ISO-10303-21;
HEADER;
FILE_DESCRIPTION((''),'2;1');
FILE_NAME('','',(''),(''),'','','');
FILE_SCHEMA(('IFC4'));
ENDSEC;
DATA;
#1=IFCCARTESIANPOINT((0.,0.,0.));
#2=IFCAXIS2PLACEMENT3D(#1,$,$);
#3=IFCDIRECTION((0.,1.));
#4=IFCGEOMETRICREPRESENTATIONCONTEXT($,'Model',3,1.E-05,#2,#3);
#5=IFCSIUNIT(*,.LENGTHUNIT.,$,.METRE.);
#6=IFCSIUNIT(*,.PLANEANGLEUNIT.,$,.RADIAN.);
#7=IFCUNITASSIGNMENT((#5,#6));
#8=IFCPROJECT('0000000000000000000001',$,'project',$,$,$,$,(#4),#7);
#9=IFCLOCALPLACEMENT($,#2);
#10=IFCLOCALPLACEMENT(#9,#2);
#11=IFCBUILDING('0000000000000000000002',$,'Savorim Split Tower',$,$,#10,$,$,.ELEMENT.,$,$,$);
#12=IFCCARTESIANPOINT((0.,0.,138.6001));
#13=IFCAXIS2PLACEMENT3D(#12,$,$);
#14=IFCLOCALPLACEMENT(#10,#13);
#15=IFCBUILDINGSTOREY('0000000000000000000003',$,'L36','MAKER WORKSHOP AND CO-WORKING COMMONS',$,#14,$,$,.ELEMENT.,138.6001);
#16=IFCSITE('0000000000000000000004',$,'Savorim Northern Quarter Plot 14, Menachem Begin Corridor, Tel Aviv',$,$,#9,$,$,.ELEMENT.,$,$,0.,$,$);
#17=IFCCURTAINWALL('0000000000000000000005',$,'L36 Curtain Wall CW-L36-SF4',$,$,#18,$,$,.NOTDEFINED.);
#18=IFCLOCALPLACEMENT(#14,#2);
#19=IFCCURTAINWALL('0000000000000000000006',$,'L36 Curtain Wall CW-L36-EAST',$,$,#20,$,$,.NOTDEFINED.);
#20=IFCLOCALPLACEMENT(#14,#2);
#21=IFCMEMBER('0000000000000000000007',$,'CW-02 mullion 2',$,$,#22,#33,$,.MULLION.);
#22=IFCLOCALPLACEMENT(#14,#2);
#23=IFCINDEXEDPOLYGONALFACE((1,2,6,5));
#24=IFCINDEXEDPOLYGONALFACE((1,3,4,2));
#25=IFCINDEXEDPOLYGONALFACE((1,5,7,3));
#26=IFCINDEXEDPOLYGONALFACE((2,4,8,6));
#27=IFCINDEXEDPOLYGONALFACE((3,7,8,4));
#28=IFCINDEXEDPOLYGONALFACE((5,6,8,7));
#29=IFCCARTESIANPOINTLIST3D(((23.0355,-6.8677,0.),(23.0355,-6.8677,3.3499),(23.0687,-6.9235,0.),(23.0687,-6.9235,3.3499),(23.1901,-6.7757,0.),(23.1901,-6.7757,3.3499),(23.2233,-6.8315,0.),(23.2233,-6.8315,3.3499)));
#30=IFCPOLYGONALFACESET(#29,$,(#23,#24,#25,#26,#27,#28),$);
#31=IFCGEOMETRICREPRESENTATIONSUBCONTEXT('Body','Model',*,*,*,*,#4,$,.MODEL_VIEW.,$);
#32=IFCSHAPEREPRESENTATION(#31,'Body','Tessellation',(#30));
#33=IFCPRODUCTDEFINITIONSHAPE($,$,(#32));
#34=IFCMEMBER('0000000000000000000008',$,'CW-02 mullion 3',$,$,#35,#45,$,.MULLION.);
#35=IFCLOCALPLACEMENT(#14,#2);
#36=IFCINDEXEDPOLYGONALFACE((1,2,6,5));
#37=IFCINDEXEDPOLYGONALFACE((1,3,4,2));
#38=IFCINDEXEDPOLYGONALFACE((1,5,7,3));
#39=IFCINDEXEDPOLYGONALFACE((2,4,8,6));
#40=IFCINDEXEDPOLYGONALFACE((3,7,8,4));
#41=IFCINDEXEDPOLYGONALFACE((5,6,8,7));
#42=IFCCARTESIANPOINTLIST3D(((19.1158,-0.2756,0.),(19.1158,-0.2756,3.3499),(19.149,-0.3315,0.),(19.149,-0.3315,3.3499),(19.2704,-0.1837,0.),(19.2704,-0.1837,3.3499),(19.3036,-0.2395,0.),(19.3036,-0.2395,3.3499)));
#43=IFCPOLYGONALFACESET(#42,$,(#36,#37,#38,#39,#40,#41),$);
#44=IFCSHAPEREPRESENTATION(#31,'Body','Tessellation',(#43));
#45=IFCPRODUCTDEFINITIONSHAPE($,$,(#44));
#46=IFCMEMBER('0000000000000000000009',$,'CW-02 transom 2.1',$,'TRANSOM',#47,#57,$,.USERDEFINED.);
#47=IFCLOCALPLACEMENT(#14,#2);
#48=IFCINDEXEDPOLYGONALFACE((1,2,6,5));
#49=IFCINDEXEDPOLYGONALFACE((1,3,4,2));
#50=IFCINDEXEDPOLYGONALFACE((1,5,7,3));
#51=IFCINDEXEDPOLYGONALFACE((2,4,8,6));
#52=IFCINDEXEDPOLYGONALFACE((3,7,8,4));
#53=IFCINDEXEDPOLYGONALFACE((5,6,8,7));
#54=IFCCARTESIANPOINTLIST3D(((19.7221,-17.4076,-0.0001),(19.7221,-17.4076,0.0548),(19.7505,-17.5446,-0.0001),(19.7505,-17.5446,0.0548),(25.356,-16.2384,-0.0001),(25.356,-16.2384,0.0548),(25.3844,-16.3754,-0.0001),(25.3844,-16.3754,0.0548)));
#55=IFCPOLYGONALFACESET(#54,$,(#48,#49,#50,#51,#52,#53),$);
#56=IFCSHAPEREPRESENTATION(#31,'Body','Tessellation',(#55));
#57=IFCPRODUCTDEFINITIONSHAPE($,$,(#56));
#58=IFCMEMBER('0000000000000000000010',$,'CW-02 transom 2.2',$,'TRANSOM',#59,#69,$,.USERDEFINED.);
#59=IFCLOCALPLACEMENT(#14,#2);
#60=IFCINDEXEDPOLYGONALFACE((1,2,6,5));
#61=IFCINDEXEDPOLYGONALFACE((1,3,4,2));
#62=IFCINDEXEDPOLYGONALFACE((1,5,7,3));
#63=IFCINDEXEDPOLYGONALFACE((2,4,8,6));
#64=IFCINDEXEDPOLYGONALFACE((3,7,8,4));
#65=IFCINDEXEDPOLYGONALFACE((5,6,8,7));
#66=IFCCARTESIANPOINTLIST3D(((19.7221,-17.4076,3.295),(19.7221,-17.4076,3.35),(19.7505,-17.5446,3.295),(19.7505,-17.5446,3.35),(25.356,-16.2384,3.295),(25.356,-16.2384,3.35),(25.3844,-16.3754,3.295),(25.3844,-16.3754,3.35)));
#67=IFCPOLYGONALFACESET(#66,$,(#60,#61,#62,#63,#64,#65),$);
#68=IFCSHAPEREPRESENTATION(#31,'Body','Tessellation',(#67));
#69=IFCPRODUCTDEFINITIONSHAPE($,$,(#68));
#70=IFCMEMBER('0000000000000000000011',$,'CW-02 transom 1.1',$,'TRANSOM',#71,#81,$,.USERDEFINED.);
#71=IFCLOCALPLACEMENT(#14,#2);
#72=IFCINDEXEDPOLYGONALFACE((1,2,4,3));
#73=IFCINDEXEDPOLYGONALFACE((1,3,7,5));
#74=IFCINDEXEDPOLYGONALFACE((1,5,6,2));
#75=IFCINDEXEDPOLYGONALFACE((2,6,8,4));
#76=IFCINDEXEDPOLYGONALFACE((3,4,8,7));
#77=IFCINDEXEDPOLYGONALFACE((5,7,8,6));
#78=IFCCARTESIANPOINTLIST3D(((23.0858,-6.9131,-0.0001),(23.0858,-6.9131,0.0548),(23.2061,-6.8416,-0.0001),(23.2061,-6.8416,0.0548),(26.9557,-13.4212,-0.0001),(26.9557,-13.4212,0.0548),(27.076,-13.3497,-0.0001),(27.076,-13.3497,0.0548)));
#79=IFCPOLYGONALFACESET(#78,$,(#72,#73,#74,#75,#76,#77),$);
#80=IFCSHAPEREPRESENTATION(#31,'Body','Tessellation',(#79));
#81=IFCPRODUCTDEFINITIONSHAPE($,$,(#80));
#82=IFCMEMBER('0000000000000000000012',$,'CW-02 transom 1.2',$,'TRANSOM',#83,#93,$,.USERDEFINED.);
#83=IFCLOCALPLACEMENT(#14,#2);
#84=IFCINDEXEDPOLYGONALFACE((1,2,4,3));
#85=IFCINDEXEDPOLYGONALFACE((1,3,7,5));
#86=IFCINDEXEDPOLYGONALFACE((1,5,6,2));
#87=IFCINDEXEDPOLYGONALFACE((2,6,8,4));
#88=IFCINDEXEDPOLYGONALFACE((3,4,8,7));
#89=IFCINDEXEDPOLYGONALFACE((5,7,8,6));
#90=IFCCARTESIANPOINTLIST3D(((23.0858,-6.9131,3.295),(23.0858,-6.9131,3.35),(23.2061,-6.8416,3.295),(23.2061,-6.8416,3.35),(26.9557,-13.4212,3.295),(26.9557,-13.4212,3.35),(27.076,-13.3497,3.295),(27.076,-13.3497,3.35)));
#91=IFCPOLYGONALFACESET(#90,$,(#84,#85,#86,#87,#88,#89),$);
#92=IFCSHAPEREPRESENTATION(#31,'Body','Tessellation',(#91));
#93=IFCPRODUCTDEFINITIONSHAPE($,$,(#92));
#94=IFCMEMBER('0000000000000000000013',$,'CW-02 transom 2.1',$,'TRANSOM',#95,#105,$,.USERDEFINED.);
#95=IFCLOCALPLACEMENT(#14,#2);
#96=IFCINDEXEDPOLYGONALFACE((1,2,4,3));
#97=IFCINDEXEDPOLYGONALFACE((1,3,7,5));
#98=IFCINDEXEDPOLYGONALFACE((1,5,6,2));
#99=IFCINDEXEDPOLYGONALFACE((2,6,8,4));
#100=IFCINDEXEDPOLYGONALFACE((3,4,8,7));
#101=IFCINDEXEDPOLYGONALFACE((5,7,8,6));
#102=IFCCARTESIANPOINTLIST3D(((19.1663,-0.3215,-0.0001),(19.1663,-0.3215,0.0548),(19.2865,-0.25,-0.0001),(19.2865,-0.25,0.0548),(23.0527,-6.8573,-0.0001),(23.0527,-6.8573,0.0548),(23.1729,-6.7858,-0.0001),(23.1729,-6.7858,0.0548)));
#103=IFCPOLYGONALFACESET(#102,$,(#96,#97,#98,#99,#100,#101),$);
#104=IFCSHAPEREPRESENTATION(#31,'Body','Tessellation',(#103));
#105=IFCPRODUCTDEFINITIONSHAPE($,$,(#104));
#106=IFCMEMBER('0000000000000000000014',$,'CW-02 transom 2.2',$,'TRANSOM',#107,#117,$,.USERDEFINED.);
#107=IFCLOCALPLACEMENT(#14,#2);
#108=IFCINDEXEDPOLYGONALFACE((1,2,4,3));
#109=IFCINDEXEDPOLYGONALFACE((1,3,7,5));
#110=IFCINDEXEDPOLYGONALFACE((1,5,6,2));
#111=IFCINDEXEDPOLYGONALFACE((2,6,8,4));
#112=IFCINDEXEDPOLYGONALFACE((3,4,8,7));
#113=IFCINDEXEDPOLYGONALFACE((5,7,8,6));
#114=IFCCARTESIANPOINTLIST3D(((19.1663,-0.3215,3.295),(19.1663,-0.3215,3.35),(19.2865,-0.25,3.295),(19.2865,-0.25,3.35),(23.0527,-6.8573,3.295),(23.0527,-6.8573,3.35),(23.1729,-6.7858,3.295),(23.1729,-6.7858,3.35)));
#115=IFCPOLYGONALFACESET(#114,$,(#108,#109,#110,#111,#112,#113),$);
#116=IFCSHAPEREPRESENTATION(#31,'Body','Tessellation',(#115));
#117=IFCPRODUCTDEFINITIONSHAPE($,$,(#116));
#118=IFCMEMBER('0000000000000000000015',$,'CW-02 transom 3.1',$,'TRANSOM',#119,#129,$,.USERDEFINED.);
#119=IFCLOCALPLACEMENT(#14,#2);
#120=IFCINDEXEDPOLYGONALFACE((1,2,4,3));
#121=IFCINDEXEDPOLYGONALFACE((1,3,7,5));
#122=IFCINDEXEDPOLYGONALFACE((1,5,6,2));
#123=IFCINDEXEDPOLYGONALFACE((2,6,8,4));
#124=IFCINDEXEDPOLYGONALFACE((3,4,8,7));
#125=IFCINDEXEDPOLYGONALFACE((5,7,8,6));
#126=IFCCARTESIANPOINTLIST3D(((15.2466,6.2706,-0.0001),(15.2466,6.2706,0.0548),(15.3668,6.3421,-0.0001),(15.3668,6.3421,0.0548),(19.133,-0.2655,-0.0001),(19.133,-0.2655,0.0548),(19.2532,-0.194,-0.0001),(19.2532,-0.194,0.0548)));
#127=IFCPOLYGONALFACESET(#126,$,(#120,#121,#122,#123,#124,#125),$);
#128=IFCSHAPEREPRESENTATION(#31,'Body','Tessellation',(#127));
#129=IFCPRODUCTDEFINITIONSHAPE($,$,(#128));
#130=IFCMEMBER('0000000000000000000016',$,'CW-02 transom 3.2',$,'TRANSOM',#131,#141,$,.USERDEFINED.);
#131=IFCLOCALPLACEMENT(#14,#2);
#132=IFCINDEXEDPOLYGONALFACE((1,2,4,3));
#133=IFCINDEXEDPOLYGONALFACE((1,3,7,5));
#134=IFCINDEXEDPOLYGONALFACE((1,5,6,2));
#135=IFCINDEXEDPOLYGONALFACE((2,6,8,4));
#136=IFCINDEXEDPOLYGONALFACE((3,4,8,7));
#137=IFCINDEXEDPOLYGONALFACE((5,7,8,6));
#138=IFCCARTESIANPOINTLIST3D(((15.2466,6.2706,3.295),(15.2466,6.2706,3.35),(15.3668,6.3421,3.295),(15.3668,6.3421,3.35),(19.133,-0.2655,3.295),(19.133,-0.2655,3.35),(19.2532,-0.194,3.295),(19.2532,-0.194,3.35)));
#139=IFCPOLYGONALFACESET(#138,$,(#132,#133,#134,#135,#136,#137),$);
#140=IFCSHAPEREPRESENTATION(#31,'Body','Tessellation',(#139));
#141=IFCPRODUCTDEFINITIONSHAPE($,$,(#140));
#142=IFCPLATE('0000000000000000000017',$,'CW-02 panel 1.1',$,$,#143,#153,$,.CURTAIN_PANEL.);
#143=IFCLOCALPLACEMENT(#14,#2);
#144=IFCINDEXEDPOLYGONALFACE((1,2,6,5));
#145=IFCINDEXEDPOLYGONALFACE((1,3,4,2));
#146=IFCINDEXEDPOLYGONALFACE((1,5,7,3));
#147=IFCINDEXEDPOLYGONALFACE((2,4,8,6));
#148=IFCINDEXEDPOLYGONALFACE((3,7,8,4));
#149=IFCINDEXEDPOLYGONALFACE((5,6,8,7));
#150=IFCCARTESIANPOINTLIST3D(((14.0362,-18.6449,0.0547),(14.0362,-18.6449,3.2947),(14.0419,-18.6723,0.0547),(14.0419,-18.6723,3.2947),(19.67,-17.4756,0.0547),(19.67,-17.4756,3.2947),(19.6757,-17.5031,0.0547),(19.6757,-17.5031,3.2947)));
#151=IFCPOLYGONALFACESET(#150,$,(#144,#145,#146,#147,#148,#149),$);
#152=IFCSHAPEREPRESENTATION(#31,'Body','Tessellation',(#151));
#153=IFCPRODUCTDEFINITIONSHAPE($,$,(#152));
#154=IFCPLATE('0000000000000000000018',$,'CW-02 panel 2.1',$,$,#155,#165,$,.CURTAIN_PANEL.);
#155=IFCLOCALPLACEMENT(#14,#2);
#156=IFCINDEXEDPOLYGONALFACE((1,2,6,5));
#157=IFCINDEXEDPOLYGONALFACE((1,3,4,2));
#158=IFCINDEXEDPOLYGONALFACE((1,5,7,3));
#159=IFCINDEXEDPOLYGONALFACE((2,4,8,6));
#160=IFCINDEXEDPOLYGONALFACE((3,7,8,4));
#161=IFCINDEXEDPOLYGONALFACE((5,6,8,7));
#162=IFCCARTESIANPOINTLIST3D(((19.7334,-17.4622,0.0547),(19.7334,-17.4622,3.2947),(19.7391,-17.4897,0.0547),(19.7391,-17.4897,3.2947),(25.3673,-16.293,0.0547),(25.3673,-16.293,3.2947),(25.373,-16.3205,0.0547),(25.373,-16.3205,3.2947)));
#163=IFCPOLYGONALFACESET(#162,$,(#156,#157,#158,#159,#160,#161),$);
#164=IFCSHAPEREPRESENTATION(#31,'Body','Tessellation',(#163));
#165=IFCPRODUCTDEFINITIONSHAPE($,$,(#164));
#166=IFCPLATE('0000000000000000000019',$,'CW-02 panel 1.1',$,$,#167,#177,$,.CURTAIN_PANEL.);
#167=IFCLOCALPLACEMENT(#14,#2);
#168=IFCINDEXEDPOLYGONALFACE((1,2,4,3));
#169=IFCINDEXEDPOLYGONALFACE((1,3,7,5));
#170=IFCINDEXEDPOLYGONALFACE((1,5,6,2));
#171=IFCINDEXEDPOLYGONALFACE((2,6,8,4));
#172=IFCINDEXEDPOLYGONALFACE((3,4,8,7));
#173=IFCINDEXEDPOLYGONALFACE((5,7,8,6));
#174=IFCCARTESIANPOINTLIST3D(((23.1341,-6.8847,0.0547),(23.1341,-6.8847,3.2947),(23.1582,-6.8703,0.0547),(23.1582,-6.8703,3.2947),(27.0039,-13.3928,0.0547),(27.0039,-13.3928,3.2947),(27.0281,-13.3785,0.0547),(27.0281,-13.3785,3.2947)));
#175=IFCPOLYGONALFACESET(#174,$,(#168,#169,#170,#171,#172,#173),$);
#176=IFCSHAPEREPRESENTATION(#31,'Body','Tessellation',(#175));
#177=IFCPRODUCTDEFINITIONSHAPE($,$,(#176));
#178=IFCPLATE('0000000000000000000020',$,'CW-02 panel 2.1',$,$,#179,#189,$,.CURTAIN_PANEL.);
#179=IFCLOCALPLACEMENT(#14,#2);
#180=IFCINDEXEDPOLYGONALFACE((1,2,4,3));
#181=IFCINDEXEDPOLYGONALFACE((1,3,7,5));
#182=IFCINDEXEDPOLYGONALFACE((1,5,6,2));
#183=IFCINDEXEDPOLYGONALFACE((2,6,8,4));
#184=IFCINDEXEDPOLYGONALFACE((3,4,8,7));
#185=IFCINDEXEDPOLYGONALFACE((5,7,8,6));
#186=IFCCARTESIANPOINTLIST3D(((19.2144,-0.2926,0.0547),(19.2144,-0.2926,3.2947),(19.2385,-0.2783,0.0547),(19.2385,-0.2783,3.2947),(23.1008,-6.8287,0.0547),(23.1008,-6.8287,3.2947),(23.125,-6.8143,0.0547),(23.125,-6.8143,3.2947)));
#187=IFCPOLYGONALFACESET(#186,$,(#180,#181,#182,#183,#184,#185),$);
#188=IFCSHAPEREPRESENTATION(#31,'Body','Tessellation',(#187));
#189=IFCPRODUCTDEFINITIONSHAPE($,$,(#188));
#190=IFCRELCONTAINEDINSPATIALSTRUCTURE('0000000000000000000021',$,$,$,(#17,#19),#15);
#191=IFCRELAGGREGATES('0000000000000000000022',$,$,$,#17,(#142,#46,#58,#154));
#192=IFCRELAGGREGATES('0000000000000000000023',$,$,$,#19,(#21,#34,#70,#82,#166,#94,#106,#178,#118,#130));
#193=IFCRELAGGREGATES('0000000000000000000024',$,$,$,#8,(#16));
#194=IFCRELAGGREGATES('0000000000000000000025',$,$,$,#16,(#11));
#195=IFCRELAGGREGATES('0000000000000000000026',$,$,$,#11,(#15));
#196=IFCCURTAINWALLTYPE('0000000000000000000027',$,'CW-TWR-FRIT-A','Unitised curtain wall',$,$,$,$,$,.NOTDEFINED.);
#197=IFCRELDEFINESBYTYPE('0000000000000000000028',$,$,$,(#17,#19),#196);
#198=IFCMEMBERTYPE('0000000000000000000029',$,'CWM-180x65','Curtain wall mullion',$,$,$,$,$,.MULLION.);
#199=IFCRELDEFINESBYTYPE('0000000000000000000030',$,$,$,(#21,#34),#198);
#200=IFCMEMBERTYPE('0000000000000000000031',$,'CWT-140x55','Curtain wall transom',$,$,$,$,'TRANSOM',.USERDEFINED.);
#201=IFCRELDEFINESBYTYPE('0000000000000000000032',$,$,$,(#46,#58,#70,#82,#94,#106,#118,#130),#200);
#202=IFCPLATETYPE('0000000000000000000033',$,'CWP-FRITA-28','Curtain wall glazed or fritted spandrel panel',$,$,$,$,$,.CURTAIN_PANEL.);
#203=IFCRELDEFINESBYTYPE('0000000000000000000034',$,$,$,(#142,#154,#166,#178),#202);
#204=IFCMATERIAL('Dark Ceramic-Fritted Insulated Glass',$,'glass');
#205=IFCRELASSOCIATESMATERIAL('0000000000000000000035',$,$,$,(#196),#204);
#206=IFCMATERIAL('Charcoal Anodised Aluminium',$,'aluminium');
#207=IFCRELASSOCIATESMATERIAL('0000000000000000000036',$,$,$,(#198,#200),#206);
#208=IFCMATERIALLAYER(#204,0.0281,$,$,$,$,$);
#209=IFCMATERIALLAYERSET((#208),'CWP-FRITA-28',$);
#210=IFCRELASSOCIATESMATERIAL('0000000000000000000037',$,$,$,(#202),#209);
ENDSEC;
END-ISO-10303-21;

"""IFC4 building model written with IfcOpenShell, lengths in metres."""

from ifc_helpers import new_model, si_unit, direction, frame, origin, origin_2d, place, context, subcontext, project, spatial, rectangle, extrude, material, layer, layer_set, material_profile, profile_set, type_object, element, aggregate, save


model = new_model("IFC4")

# Units and contexts
model_context = context("Model", 3, precision=1e-05, world=origin(), true_north=direction((0.0, 1.0)))
body_context = subcontext(model_context, "Body", "Model", "MODEL_VIEW")
ifc_project = project(units=[si_unit("LENGTHUNIT", "METRE"), si_unit("PLANEANGLEUNIT", "RADIAN")], contexts=[model_context])

# Site, building, storey
site_placement = place(None, origin())
site = spatial("IfcSite", under=ifc_project, at=site_placement, Name="Savorim Northern Quarter Plot 14, Menachem Begin Corridor, Tel Aviv", CompositionType="ELEMENT", RefElevation=0.0)
building_placement = place(site_placement, origin())
building = spatial("IfcBuilding", under=site, at=building_placement, Name="Savorim Split Tower", CompositionType="ELEMENT")
storey_placement = place(building_placement, frame((0.0, 0.0, 138.6001)))
storey = spatial("IfcBuildingStorey", under=building, at=storey_placement, Name="L36", Description="MAKER WORKSHOP AND CO-WORKING COMMONS", CompositionType="ELEMENT", Elevation=138.6001)

# Curtain walls, members
ifc_material_1 = material(Name="Dark Ceramic-Fritted Insulated Glass", Category="glass")
curtain_wall_type = type_object("IfcCurtainWallType", Name="CW-TWR-FRIT-A", Description="Unitised curtain wall", PredefinedType="NOTDEFINED", material=ifc_material_1)
curtain_wall_1_placement = place(storey_placement, origin())
curtain_wall_1 = element("IfcCurtainWall", 1, at=curtain_wall_1_placement, inside=storey, type_object=curtain_wall_type, Name="L36 Curtain Wall CW-L36-SF4", PredefinedType="NOTDEFINED")
ifc_material_2 = material(Name="Charcoal Anodised Aluminium", Category="aluminium")
ifc_material_profile_1 = material_profile(ifc_material_2, rectangle(XDim=0.1799, YDim=0.0649, at=origin_2d()), Name="ALU-M 180x65")
ifc_profile_set_1 = profile_set([ifc_material_profile_1], Name="Charcoal Anodised Aluminium")
member_type_1 = type_object("IfcMemberType", Name="CWM-180x65", Description="Curtain wall mullion", PredefinedType="MULLION", material=ifc_profile_set_1)
curtain_wall_2_placement = place(storey_placement, origin())
curtain_wall_2 = element("IfcCurtainWall", 2, at=curtain_wall_2_placement, inside=storey, type_object=curtain_wall_type, Name="L36 Curtain Wall CW-L36-EAST", PredefinedType="NOTDEFINED")
member_1_placement = place(storey_placement, frame((23.1294, -6.8496, 0.0), z_axis=(0.0, 0.0, 1.0), x_axis=(-0.859526, -0.511091, 0.0)))
member_1 = element("IfcMember", 3, at=member_1_placement, type_object=member_type_1, Name="CW-02 mullion 2", PredefinedType="MULLION", context=body_context, shape_type="SweptSolid", body=[
    extrude(rectangle(XDim=0.1799, YDim=0.0649, at=origin_2d()), origin(), (0.0, 0.0, 1.0), 3.3499),
])
member_2_placement = place(storey_placement, frame((19.2097, -0.2576, 0.0), z_axis=(0.0, 0.0, 1.0), x_axis=(-0.859526, -0.511091, 0.0)))
member_2 = element("IfcMember", 4, at=member_2_placement, type_object=member_type_1, Name="CW-02 mullion 3", PredefinedType="MULLION", context=body_context, shape_type="SweptSolid", body=[
    extrude(rectangle(XDim=0.1799, YDim=0.0649, at=origin_2d()), origin(), (0.0, 0.0, 1.0), 3.3499),
])

# Members
ifc_material_profile_2 = material_profile(ifc_material_2, rectangle(XDim=0.1399, YDim=0.0549, at=origin_2d()), Name="ALU-T 140x55")
ifc_profile_set_2 = profile_set([ifc_material_profile_2], Name="Charcoal Anodised Aluminium")
member_type_2 = type_object("IfcMemberType", Name="CWT-140x55", Description="Curtain wall transom", ElementType="TRANSOM", PredefinedType="USERDEFINED", material=ifc_profile_set_2)
member_3_placement = place(storey_placement, frame((19.7363, -17.4761, 0.0273), z_axis=(0.979137, 0.203202, 0.0), x_axis=(-0.203202, 0.979137, 0.0)))
member_3 = element("IfcMember", 5, at=member_3_placement, type_object=member_type_2, Name="CW-02 transom 2.1", ObjectType="TRANSOM", PredefinedType="USERDEFINED", context=body_context, shape_type="SweptSolid", body=[
    extrude(rectangle(XDim=0.1399, YDim=0.0549, at=origin_2d()), origin(), (0.0, 0.0, 1.0), 5.7539),
])
member_4_placement = place(storey_placement, frame((19.7363, -17.4761, 3.3225), z_axis=(0.979137, 0.203202, 0.0), x_axis=(-0.203202, 0.979137, 0.0)))
member_4 = element("IfcMember", 6, at=member_4_placement, type_object=member_type_2, Name="CW-02 transom 2.2", ObjectType="TRANSOM", PredefinedType="USERDEFINED", context=body_context, shape_type="SweptSolid", body=[
    extrude(rectangle(XDim=0.1399, YDim=0.0549, at=origin_2d()), origin(), (0.0, 0.0, 1.0), 5.7539),
])
member_5_placement = place(storey_placement, frame((27.0159, -13.3855, 0.0273), z_axis=(-0.511097, 0.859523, 0.0), x_axis=(-0.859523, -0.511097, 0.0)))
member_5 = element("IfcMember", 7, at=member_5_placement, type_object=member_type_2, Name="CW-02 transom 1.1", ObjectType="TRANSOM", PredefinedType="USERDEFINED", context=body_context, shape_type="SweptSolid", body=[
    extrude(rectangle(XDim=0.1399, YDim=0.0549, at=origin_2d()), origin(), (0.0, 0.0, 1.0), 7.5718),
])
member_6_placement = place(storey_placement, frame((27.0159, -13.3855, 3.3225), z_axis=(-0.511097, 0.859523, 0.0), x_axis=(-0.859523, -0.511097, 0.0)))
member_6 = element("IfcMember", 8, at=member_6_placement, type_object=member_type_2, Name="CW-02 transom 1.2", ObjectType="TRANSOM", PredefinedType="USERDEFINED", context=body_context, shape_type="SweptSolid", body=[
    extrude(rectangle(XDim=0.1399, YDim=0.0549, at=origin_2d()), origin(), (0.0, 0.0, 1.0), 7.5718),
])
member_7_placement = place(storey_placement, frame((23.1128, -6.8215, 0.0273), z_axis=(-0.511102, 0.85952, 0.0), x_axis=(-0.85952, -0.511102, 0.0)))
member_7 = element("IfcMember", 9, at=member_7_placement, type_object=member_type_2, Name="CW-02 transom 2.1", ObjectType="TRANSOM", PredefinedType="USERDEFINED", context=body_context, shape_type="SweptSolid", body=[
    extrude(rectangle(XDim=0.1399, YDim=0.0549, at=origin_2d()), origin(), (0.0, 0.0, 1.0), 7.604),
])
member_8_placement = place(storey_placement, frame((23.1128, -6.8215, 3.3225), z_axis=(-0.511102, 0.85952, 0.0), x_axis=(-0.85952, -0.511102, 0.0)))
member_8 = element("IfcMember", 10, at=member_8_placement, type_object=member_type_2, Name="CW-02 transom 2.2", ObjectType="TRANSOM", PredefinedType="USERDEFINED", context=body_context, shape_type="SweptSolid", body=[
    extrude(rectangle(XDim=0.1399, YDim=0.0549, at=origin_2d()), origin(), (0.0, 0.0, 1.0), 7.604),
])
member_9_placement = place(storey_placement, frame((19.1931, -0.2297, 0.0273), z_axis=(-0.511088, 0.859529, 0.0), x_axis=(-0.859529, -0.511088, 0.0)))
member_9 = element("IfcMember", 11, at=member_9_placement, type_object=member_type_2, Name="CW-02 transom 3.1", ObjectType="TRANSOM", PredefinedType="USERDEFINED", context=body_context, shape_type="SweptSolid", body=[
    extrude(rectangle(XDim=0.1399, YDim=0.0549, at=origin_2d()), origin(), (0.0, 0.0, 1.0), 7.6042),
])
member_10_placement = place(storey_placement, frame((19.1931, -0.2297, 3.3225), z_axis=(-0.511088, 0.859529, 0.0), x_axis=(-0.859529, -0.511088, 0.0)))
member_10 = element("IfcMember", 12, at=member_10_placement, type_object=member_type_2, Name="CW-02 transom 3.2", ObjectType="TRANSOM", PredefinedType="USERDEFINED", context=body_context, shape_type="SweptSolid", body=[
    extrude(rectangle(XDim=0.1399, YDim=0.0549, at=origin_2d()), origin(), (0.0, 0.0, 1.0), 7.6042),
])

# Plates
ifc_layer_1 = layer(ifc_material_1, 0.0281)
ifc_layer_set_1 = layer_set([ifc_layer_1], Name="CWP-FRITA-28")
plate_type = type_object("IfcPlateType", Name="CWP-FRITA-28", Description="Curtain wall glazed or fritted spandrel panel", PredefinedType="CURTAIN_PANEL", material=ifc_layer_set_1)
plate_1_placement = place(storey_placement, frame((16.856, -18.074, 0.0547), z_axis=(0.0, 0.0, 1.0), x_axis=(0.979135, 0.20321, 0.0)))
plate_1 = element("IfcPlate", 13, at=plate_1_placement, type_object=plate_type, Name="CW-02 panel 1.1", PredefinedType="CURTAIN_PANEL", context=body_context, shape_type="SweptSolid", body=[
    extrude(rectangle(XDim=5.7539, YDim=0.0281, at=origin_2d()), origin(), (0.0, 0.0, 1.0), 3.24),
])
plate_2_placement = place(storey_placement, frame((22.5532, -16.8914, 0.0547), z_axis=(0.0, 0.0, 1.0), x_axis=(0.979135, 0.20321, 0.0)))
plate_2 = element("IfcPlate", 14, at=plate_2_placement, type_object=plate_type, Name="CW-02 panel 2.1", PredefinedType="CURTAIN_PANEL", context=body_context, shape_type="SweptSolid", body=[
    extrude(rectangle(XDim=5.7539, YDim=0.0281, at=origin_2d()), origin(), (0.0, 0.0, 1.0), 3.24),
])
aggregate(curtain_wall_1, [plate_1, member_3, member_4, plate_2])
plate_3_placement = place(storey_placement, frame((25.0811, -10.1316, 0.0547), z_axis=(0.0, 0.0, 1.0), x_axis=(-0.511091, 0.859526, 0.0)))
plate_3 = element("IfcPlate", 15, at=plate_3_placement, type_object=plate_type, Name="CW-02 panel 1.1", PredefinedType="CURTAIN_PANEL", context=body_context, shape_type="SweptSolid", body=[
    extrude(rectangle(XDim=7.5718, YDim=0.0281, at=origin_2d()), origin(), (0.0, 0.0, 1.0), 3.24),
])
plate_4_placement = place(storey_placement, frame((21.1697, -3.5535, 0.0547), z_axis=(0.0, 0.0, 1.0), x_axis=(-0.511091, 0.859526, 0.0)))
plate_4 = element("IfcPlate", 16, at=plate_4_placement, type_object=plate_type, Name="CW-02 panel 2.1", PredefinedType="CURTAIN_PANEL", context=body_context, shape_type="SweptSolid", body=[
    extrude(rectangle(XDim=7.6042, YDim=0.0281, at=origin_2d()), origin(), (0.0, 0.0, 1.0), 3.24),
])
aggregate(curtain_wall_2, [member_1, member_2, member_5, member_6, plate_3, member_7, member_8, plate_4, member_9, member_10])

save(model, "model.ifc")
